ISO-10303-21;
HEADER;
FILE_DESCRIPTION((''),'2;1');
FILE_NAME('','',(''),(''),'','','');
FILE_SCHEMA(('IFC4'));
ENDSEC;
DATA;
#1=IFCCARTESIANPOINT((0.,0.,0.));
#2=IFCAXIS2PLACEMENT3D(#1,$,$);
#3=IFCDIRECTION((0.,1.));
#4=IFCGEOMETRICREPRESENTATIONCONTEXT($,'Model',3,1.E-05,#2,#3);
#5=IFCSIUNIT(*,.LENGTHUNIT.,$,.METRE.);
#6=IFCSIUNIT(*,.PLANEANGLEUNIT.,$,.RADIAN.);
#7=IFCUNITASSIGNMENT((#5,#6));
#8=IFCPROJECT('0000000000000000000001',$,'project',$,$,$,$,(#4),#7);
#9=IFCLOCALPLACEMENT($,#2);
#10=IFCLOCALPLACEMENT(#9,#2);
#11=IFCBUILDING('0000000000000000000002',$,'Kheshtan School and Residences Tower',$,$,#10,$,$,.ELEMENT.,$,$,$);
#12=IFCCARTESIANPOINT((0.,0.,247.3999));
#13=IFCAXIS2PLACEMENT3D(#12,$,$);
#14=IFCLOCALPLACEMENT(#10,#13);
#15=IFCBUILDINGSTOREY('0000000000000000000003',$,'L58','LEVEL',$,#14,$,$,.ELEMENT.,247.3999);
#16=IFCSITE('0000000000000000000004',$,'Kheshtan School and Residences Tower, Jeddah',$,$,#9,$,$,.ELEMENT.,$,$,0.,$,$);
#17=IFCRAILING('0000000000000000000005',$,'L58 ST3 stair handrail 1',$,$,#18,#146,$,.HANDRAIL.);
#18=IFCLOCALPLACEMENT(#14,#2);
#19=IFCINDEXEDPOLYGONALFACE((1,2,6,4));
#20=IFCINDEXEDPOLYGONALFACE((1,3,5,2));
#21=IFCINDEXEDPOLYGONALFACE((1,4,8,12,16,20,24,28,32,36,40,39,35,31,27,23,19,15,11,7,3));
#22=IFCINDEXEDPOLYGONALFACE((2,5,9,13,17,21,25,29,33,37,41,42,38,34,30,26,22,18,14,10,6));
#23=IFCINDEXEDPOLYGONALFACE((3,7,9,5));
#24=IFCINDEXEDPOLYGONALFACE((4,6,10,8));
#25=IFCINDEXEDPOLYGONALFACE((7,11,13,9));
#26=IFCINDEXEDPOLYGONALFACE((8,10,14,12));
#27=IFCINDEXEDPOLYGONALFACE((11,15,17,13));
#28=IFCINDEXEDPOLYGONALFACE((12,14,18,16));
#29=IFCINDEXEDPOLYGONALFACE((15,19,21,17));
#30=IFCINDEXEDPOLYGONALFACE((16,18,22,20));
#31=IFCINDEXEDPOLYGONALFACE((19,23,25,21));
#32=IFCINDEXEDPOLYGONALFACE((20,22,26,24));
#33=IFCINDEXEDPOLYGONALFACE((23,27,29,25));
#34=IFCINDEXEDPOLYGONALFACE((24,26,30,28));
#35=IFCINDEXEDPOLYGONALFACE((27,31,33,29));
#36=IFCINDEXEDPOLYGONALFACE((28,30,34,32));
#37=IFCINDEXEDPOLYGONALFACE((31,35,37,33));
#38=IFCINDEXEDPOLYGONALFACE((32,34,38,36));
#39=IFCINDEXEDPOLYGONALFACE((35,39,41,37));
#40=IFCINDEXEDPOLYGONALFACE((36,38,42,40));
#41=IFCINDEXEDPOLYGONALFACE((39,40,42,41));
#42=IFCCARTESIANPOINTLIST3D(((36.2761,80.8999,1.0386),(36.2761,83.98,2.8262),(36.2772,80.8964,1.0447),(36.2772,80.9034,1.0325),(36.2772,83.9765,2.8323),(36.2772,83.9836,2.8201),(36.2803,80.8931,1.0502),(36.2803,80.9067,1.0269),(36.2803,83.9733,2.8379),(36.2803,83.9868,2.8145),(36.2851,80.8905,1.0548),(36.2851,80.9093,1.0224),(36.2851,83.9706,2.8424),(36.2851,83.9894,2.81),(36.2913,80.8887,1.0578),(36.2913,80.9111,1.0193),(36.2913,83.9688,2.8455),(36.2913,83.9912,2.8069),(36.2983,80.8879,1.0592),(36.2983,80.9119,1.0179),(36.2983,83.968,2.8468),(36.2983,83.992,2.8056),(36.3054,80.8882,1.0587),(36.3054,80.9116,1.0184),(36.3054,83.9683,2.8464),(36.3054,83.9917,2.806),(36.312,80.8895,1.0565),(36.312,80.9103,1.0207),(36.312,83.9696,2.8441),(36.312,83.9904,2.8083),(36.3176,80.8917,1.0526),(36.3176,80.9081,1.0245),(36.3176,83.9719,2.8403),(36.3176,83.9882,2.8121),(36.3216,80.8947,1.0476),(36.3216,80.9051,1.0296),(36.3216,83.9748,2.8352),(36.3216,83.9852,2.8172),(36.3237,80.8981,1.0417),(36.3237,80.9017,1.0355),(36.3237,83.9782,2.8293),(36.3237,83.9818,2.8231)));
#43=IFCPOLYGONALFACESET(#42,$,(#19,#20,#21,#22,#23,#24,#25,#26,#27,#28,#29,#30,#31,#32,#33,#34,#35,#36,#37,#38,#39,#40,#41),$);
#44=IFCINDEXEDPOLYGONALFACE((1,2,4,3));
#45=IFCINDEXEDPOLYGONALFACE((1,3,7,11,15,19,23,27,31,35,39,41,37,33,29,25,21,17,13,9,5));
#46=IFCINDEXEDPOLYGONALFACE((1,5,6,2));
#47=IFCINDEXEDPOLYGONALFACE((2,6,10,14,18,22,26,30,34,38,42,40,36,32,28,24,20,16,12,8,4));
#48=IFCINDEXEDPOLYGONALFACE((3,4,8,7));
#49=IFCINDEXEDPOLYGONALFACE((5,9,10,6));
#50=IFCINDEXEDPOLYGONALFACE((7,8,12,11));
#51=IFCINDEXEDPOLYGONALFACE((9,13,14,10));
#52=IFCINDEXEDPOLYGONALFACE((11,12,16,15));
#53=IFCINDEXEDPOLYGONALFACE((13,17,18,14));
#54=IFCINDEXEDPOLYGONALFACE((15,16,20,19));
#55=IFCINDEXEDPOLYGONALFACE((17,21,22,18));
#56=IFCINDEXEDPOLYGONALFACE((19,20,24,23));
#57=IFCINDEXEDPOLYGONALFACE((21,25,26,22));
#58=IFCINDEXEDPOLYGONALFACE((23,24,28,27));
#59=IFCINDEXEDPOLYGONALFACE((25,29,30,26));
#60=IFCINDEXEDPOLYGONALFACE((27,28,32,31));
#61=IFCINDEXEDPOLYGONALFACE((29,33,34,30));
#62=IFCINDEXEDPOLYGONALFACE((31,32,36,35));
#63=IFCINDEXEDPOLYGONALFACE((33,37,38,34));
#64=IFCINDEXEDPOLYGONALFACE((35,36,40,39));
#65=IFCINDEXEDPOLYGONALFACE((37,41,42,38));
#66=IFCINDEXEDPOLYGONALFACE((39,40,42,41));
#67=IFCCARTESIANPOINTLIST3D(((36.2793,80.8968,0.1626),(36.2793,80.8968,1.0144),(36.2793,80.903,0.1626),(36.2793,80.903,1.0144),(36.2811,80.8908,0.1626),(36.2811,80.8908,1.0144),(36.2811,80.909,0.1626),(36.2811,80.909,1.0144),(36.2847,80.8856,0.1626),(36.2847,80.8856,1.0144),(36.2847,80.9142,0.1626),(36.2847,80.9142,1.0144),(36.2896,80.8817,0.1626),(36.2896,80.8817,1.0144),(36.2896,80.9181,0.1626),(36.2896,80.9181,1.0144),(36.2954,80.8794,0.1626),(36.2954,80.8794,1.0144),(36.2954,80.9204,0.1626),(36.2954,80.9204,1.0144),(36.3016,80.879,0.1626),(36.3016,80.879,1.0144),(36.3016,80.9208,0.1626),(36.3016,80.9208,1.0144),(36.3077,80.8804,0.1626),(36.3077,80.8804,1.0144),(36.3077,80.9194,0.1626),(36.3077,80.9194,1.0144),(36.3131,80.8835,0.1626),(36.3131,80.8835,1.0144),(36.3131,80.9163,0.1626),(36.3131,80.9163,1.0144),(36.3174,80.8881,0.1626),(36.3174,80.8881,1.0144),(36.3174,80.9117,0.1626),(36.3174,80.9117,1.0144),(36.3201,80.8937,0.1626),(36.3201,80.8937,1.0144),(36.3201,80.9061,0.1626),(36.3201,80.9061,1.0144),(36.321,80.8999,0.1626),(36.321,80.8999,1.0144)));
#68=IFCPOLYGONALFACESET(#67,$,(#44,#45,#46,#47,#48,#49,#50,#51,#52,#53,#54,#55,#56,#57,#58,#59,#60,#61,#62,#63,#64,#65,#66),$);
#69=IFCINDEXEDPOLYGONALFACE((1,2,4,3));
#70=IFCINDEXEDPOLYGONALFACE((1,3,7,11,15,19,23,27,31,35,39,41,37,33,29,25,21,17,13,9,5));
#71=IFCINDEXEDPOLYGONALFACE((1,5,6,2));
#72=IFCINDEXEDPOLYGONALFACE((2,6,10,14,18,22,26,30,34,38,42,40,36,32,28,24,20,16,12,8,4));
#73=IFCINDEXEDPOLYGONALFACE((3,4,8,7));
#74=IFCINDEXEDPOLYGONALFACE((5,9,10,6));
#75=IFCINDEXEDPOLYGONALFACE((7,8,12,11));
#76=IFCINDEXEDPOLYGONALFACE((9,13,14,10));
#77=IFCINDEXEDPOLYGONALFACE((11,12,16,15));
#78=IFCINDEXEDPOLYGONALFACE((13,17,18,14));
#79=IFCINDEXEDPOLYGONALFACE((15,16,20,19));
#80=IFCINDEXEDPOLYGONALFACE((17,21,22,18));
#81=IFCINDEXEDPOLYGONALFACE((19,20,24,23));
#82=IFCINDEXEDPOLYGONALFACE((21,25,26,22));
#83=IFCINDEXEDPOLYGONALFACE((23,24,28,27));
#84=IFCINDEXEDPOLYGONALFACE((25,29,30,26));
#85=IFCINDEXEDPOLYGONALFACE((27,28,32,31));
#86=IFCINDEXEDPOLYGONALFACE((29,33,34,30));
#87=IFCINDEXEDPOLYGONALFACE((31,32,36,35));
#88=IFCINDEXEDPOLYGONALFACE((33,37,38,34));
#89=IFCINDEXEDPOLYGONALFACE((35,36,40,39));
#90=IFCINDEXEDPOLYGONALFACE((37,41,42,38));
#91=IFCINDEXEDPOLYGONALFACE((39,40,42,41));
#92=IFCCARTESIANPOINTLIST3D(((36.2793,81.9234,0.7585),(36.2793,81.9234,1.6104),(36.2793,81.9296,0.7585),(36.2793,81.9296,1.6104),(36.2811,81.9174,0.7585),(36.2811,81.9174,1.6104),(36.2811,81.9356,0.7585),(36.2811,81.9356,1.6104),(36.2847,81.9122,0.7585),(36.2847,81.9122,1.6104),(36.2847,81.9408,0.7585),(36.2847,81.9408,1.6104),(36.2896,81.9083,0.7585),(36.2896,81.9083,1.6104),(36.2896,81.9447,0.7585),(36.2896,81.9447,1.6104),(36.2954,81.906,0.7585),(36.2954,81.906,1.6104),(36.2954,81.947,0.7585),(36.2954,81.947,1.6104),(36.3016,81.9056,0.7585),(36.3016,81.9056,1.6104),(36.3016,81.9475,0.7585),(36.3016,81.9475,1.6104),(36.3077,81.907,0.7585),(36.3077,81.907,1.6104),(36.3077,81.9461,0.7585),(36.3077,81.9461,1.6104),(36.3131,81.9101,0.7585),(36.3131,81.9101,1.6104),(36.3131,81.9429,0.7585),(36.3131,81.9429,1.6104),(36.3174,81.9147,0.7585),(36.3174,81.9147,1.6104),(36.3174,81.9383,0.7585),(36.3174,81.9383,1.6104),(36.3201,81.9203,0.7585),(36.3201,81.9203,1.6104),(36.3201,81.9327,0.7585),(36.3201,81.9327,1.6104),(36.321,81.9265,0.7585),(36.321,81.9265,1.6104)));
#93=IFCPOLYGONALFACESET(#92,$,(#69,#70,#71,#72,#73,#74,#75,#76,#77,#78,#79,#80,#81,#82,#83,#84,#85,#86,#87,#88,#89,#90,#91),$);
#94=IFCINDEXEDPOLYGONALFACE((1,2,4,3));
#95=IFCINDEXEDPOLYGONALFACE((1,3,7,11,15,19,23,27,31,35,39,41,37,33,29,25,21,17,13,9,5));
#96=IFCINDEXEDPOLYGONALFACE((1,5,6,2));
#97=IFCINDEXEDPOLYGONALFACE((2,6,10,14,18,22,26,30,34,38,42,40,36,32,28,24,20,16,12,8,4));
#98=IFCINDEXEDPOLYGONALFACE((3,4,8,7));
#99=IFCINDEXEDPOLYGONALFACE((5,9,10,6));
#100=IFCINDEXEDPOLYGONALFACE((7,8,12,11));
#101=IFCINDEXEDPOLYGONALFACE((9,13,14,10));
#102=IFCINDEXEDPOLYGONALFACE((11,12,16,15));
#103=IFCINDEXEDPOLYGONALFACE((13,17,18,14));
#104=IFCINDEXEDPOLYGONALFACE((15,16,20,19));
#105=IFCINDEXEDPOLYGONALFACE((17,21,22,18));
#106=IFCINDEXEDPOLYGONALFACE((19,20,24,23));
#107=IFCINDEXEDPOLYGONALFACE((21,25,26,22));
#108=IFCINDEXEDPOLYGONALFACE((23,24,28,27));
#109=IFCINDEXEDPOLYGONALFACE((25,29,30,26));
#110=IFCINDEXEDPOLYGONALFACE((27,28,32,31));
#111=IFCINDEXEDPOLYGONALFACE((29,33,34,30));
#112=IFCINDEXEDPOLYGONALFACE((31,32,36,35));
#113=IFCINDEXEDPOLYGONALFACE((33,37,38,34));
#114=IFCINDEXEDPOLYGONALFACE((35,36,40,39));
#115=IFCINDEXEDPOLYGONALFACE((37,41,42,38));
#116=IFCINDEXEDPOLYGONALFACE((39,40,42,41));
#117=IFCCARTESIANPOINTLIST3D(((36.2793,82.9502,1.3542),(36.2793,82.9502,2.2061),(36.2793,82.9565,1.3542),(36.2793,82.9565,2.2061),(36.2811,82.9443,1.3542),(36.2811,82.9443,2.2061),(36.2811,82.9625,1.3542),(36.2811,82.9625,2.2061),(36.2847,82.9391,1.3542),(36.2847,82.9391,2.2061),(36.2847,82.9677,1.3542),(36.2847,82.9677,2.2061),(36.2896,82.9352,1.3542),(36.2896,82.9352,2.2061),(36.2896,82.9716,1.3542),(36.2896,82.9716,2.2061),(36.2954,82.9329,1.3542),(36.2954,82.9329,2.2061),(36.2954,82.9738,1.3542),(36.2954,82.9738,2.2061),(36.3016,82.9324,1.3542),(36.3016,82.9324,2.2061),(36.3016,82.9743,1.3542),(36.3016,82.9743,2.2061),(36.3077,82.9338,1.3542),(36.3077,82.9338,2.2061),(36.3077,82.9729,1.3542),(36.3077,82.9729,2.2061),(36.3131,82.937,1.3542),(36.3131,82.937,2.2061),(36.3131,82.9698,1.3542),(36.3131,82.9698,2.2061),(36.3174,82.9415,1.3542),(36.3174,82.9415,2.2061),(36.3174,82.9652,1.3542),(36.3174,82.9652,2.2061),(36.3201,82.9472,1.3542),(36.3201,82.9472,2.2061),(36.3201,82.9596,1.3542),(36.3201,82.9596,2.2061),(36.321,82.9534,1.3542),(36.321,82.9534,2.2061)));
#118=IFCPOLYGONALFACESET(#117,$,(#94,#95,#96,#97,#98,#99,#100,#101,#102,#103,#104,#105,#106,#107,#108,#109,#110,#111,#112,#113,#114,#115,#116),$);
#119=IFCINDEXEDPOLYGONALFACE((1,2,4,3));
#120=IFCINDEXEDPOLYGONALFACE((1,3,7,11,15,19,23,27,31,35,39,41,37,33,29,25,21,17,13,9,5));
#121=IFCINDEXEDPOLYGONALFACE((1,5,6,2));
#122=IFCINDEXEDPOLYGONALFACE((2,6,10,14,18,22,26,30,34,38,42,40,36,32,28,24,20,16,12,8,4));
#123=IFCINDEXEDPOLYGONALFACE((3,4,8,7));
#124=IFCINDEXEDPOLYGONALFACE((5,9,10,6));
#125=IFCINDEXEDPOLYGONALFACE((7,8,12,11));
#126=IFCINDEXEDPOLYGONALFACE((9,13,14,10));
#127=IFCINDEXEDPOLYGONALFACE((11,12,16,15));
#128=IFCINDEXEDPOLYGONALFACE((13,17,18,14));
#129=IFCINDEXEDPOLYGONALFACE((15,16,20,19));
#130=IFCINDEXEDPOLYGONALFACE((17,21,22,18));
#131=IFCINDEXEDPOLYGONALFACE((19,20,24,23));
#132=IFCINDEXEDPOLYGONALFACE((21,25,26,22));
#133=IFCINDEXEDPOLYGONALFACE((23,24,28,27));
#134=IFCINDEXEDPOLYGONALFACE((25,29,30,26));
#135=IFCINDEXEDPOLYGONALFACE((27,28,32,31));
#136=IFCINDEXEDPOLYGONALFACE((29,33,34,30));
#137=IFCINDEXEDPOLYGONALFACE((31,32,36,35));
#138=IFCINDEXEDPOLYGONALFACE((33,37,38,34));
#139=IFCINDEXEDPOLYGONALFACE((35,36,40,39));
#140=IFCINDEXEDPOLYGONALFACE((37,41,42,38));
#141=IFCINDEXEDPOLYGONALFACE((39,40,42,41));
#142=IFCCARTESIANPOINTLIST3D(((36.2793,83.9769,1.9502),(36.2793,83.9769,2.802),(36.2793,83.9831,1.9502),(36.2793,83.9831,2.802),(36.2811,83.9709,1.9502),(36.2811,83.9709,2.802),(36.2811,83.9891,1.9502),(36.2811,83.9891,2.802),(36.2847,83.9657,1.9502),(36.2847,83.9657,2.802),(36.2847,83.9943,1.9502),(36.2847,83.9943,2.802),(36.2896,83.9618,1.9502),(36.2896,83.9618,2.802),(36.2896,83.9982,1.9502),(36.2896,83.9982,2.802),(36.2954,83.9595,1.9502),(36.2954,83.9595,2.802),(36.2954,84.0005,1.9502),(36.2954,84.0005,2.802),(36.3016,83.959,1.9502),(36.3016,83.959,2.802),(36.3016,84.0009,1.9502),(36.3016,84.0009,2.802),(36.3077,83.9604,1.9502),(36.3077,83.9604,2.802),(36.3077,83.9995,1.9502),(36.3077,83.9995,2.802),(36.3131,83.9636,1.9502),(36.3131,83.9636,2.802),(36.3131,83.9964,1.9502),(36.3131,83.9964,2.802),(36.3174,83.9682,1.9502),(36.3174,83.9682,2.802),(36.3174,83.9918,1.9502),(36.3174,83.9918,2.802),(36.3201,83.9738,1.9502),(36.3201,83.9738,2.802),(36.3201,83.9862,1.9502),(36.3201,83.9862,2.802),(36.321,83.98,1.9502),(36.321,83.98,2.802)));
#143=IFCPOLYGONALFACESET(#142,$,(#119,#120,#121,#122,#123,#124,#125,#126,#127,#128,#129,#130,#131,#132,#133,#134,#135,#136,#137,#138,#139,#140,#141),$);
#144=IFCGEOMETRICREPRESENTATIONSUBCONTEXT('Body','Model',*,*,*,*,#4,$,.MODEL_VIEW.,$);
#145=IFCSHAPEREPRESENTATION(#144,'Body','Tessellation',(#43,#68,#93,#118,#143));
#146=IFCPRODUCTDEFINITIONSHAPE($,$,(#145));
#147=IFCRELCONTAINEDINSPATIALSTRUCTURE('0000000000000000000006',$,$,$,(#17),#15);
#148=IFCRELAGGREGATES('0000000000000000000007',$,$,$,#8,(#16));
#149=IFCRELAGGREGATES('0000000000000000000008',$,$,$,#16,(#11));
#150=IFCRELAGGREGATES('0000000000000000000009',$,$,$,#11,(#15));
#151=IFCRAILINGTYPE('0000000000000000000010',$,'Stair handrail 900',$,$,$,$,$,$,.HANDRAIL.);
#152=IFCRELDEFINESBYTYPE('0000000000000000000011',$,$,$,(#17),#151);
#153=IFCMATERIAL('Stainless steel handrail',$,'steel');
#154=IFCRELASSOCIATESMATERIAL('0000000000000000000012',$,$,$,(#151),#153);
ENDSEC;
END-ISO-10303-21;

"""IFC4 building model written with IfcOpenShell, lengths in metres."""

from ifc_helpers import new_model, si_unit, direction, frame, origin, origin_2d, place, context, subcontext, project, spatial, circle, extrude, material, type_object, element, save


model = new_model("IFC4")

# Units and contexts
model_context = context("Model", 3, precision=1e-05, world=origin(), true_north=direction((0.0, 1.0)))
body_context = subcontext(model_context, "Body", "Model", "MODEL_VIEW")
ifc_project = project(units=[si_unit("LENGTHUNIT", "METRE"), si_unit("PLANEANGLEUNIT", "RADIAN")], contexts=[model_context])

# Site, building, storey
site_placement = place(None, origin())
site = spatial("IfcSite", under=ifc_project, at=site_placement, Name="Kheshtan School and Residences Tower, Jeddah", CompositionType="ELEMENT", RefElevation=0.0)
building_placement = place(site_placement, origin())
building = spatial("IfcBuilding", under=site, at=building_placement, Name="Kheshtan School and Residences Tower", CompositionType="ELEMENT")
storey_placement = place(building_placement, frame((0.0, 0.0, 247.3999)))
storey = spatial("IfcBuildingStorey", under=building, at=storey_placement, Name="L58", Description="LEVEL", CompositionType="ELEMENT", Elevation=247.3999)

# Railing
ifc_material_1 = material(Name="Stainless steel handrail", Category="steel")
railing_type_1 = type_object("IfcRailingType", Name="Stair handrail 900", PredefinedType="HANDRAIL", material=ifc_material_1)
railing_1_placement = place(storey_placement, frame((36.3, 80.8999, 0.1626)))
element("IfcRailing", 1, at=railing_1_placement, inside=storey, type_object=railing_type_1, Name="L58 ST3 stair handrail 1", PredefinedType="HANDRAIL", context=body_context, shape_type="SweptSolid", body=[
    extrude(circle(Radius=0.0239, at=origin_2d()), frame((0.0, 0.0, 0.876), z_axis=(0.0, 0.864891, 0.50196), x_axis=(-1.0, 0.0, 0.0)), (0.0, 0.0, 1.0), 3.5613),
    extrude(circle(Radius=0.021, at=origin_2d()), origin(), (0.0, 0.0, 1.0), 0.8518),
    extrude(circle(Radius=0.021, at=origin_2d()), frame((0.0, 1.0266, 0.5959)), (0.0, 0.0, 1.0), 0.8518),
    extrude(circle(Radius=0.021, at=origin_2d()), frame((0.0, 2.0535, 1.1917)), (0.0, 0.0, 1.0), 0.8518),
    extrude(circle(Radius=0.021, at=origin_2d()), frame((0.0, 3.0801, 1.7876)), (0.0, 0.0, 1.0), 0.8518),
])

save(model, "model.ifc")
